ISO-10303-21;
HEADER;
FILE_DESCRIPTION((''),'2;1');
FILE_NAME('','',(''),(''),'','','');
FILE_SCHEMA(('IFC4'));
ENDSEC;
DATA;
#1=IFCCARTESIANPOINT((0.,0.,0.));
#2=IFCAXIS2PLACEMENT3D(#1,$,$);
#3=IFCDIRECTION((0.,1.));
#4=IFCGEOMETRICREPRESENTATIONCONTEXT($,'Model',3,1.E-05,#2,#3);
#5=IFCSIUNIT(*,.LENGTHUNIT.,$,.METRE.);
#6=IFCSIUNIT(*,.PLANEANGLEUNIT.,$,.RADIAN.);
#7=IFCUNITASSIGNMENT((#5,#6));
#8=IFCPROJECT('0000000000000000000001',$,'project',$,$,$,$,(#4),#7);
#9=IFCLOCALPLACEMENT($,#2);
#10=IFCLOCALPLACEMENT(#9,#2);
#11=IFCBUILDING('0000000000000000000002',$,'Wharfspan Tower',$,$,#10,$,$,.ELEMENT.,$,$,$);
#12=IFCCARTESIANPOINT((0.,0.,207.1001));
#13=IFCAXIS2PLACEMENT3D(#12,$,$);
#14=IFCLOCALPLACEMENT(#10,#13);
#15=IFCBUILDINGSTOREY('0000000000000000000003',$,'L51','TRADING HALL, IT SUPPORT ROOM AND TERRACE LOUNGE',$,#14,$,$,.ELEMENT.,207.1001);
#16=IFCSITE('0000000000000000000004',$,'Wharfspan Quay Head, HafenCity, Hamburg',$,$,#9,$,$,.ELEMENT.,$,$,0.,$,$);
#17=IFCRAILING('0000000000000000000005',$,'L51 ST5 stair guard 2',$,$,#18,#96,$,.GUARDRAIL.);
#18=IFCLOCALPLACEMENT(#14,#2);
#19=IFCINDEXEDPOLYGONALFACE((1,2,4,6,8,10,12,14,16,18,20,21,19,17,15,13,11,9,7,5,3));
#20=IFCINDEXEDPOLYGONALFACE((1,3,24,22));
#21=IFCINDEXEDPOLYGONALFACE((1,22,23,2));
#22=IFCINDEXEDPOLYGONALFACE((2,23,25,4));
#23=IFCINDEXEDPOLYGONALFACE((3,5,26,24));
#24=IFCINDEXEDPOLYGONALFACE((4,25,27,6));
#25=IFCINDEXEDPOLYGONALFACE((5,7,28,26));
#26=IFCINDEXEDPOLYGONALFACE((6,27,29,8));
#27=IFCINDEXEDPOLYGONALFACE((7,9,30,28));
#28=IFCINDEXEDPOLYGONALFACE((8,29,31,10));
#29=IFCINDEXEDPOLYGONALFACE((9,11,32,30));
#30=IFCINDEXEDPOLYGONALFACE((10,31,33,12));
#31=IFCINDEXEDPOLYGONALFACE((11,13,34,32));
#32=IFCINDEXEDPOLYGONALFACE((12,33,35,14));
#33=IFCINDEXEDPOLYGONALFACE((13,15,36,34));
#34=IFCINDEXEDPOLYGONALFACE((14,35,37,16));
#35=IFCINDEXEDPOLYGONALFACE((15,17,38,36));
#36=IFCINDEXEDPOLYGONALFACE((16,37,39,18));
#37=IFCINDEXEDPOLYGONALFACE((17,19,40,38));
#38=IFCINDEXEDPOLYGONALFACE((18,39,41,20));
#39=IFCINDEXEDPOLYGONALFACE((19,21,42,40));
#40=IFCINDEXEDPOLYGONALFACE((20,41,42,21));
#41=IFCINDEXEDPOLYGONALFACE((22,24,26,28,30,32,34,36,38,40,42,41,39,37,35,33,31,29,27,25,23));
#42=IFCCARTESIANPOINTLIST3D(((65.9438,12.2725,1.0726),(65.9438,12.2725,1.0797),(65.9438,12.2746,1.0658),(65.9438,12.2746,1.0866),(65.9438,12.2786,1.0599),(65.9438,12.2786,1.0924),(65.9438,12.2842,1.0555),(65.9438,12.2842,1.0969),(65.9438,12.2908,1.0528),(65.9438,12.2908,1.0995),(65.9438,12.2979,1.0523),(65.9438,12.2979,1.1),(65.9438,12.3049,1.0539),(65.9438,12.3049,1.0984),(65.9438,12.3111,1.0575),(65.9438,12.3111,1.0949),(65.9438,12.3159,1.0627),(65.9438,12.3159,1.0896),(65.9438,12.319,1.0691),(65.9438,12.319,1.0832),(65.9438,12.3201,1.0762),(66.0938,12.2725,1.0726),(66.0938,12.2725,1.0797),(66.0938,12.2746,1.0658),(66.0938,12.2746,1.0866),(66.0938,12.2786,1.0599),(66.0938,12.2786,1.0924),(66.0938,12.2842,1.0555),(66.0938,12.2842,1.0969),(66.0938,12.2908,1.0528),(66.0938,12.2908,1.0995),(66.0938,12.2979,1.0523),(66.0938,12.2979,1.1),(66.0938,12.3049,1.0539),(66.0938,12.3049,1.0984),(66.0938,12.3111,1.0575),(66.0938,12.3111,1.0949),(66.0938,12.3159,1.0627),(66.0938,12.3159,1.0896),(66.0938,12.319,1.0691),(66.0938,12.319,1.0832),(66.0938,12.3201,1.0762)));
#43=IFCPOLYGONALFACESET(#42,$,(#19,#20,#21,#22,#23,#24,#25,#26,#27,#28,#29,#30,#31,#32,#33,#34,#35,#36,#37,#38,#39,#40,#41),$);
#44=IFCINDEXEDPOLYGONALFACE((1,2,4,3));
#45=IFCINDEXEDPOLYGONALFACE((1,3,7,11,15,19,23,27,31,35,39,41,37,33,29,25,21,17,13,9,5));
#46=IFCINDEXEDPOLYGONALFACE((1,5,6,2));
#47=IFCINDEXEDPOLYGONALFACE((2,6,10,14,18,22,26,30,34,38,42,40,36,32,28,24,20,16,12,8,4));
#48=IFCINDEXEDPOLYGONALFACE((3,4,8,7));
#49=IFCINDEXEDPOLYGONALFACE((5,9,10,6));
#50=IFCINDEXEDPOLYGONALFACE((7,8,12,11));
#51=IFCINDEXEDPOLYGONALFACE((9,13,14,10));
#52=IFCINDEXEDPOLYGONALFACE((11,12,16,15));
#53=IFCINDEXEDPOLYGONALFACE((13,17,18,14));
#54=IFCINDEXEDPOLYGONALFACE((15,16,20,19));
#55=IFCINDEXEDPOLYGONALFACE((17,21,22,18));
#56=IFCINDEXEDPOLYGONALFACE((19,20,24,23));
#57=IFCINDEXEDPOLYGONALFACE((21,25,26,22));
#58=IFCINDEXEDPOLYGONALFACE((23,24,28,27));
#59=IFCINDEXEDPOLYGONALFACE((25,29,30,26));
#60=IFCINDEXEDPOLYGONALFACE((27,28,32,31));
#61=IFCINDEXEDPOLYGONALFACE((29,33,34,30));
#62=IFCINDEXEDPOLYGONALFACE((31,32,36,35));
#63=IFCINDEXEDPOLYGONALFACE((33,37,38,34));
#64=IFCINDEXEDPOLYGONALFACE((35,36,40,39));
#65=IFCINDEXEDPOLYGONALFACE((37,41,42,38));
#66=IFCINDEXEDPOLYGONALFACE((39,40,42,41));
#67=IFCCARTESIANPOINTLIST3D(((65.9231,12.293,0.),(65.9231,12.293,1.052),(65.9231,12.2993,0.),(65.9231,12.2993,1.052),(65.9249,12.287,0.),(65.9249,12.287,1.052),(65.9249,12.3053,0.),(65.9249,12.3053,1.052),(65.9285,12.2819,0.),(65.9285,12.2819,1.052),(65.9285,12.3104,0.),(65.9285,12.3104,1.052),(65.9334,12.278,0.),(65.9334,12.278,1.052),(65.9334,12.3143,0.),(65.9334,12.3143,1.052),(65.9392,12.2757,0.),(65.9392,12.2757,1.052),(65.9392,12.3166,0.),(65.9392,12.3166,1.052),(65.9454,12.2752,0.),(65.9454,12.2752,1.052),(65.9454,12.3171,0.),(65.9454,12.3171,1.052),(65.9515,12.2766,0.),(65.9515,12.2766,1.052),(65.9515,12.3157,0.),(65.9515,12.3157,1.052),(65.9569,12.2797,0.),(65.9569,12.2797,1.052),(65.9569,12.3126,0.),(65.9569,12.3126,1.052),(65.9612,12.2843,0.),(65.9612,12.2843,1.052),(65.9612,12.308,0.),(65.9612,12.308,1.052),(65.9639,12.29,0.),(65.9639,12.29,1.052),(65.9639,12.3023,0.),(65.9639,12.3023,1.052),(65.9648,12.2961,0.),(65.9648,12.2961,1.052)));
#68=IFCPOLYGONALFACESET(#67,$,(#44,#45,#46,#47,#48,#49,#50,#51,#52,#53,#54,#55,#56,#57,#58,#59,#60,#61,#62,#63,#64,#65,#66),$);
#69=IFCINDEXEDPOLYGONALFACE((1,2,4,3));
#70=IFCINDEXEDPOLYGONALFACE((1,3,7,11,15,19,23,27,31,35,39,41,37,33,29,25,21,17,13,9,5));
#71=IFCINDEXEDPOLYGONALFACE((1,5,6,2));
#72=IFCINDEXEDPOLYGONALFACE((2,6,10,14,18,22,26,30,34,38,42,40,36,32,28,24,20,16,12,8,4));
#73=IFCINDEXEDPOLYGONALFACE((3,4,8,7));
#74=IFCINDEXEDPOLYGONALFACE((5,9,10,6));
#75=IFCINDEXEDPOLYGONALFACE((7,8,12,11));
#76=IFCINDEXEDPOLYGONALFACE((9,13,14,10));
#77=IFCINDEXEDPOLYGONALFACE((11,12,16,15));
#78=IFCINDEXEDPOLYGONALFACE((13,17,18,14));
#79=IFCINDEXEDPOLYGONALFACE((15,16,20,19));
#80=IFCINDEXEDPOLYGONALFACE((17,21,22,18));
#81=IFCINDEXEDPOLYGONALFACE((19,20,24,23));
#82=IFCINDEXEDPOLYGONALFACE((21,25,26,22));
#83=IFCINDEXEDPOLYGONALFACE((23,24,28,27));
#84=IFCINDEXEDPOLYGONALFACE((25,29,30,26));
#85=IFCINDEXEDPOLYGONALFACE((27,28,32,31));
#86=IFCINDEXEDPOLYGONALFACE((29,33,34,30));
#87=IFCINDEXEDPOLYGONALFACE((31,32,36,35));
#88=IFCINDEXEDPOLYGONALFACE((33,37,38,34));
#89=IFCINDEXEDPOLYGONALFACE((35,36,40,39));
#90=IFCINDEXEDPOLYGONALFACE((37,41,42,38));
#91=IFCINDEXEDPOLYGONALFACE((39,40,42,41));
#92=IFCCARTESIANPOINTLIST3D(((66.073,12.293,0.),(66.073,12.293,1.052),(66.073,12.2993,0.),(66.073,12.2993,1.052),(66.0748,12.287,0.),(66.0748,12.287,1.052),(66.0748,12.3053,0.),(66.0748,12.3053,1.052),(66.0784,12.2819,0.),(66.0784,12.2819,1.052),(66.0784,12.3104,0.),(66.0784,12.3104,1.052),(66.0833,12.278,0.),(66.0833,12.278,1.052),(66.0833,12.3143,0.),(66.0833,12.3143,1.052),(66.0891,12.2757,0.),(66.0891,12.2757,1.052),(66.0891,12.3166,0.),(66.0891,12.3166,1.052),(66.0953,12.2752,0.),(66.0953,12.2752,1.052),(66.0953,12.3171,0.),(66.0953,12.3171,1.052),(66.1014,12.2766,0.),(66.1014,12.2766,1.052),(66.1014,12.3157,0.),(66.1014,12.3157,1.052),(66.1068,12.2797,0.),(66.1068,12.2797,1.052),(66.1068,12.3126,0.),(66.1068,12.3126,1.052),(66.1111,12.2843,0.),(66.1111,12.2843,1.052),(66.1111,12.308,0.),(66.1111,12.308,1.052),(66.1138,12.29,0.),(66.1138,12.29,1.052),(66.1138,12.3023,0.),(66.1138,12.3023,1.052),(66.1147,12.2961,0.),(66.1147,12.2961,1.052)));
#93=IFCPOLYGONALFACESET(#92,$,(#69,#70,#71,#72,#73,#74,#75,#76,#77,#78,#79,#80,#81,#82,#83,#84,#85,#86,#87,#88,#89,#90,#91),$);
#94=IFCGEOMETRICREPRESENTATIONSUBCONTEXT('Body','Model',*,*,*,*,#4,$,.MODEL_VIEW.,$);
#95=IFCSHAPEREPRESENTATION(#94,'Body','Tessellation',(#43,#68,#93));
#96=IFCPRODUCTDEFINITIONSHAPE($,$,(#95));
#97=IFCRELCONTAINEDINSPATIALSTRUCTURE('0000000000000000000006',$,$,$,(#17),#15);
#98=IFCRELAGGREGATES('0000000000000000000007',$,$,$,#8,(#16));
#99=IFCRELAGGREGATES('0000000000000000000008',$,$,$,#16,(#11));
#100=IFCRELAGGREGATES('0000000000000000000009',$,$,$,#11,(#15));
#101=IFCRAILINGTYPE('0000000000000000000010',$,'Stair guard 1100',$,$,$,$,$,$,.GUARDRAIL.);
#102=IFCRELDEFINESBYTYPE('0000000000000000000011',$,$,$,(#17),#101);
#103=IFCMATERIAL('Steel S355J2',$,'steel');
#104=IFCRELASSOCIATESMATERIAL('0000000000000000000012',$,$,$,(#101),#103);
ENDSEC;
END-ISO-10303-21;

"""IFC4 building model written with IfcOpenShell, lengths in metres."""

from ifc_helpers import new_model, si_unit, direction, frame, origin, origin_2d, place, context, subcontext, project, spatial, circle, extrude, material, type_object, element, save


model = new_model("IFC4")

# Units and contexts
model_context = context("Model", 3, precision=1e-05, world=origin(), true_north=direction((0.0, 1.0)))
body_context = subcontext(model_context, "Body", "Model", "MODEL_VIEW")
ifc_project = project(units=[si_unit("LENGTHUNIT", "METRE"), si_unit("PLANEANGLEUNIT", "RADIAN")], contexts=[model_context])

# Site, building, storey
site_placement = place(None, origin())
site = spatial("IfcSite", under=ifc_project, at=site_placement, Name="Wharfspan Quay Head, HafenCity, Hamburg", CompositionType="ELEMENT", RefElevation=0.0)
building_placement = place(site_placement, origin())
building = spatial("IfcBuilding", under=site, at=building_placement, Name="Wharfspan Tower", CompositionType="ELEMENT")
storey_placement = place(building_placement, frame((0.0, 0.0, 207.1001)))
storey = spatial("IfcBuildingStorey", under=building, at=storey_placement, Name="L51", Description="TRADING HALL, IT SUPPORT ROOM AND TERRACE LOUNGE", CompositionType="ELEMENT", Elevation=207.1001)

# Shared definitions
ifc_material_1 = material(Name="Steel S355J2", Category="steel")

# Railing
railing_type_1 = type_object("IfcRailingType", Name="Stair guard 1100", PredefinedType="GUARDRAIL", material=ifc_material_1)
railing_1_placement = place(storey_placement, frame((65.9438, 12.2961, 0.0)))
element("IfcRailing", 1, at=railing_1_placement, inside=storey, type_object=railing_type_1, Name="L51 ST5 stair guard 2", PredefinedType="GUARDRAIL", context=body_context, shape_type="SweptSolid", body=[
    extrude(circle(Radius=0.0239, at=origin_2d()), frame((0.0, 0.0, 1.0762), z_axis=(1.0, 0.0, 0.0), x_axis=(0.0, 1.0, 0.0)), (0.0, 0.0, 1.0), 0.1499),
    extrude(circle(Radius=0.021, at=origin_2d()), origin(), (0.0, 0.0, 1.0), 1.052),
    extrude(circle(Radius=0.021, at=origin_2d()), frame((0.1499, 0.0, 0.0)), (0.0, 0.0, 1.0), 1.052),
])

save(model, "model.ifc")
